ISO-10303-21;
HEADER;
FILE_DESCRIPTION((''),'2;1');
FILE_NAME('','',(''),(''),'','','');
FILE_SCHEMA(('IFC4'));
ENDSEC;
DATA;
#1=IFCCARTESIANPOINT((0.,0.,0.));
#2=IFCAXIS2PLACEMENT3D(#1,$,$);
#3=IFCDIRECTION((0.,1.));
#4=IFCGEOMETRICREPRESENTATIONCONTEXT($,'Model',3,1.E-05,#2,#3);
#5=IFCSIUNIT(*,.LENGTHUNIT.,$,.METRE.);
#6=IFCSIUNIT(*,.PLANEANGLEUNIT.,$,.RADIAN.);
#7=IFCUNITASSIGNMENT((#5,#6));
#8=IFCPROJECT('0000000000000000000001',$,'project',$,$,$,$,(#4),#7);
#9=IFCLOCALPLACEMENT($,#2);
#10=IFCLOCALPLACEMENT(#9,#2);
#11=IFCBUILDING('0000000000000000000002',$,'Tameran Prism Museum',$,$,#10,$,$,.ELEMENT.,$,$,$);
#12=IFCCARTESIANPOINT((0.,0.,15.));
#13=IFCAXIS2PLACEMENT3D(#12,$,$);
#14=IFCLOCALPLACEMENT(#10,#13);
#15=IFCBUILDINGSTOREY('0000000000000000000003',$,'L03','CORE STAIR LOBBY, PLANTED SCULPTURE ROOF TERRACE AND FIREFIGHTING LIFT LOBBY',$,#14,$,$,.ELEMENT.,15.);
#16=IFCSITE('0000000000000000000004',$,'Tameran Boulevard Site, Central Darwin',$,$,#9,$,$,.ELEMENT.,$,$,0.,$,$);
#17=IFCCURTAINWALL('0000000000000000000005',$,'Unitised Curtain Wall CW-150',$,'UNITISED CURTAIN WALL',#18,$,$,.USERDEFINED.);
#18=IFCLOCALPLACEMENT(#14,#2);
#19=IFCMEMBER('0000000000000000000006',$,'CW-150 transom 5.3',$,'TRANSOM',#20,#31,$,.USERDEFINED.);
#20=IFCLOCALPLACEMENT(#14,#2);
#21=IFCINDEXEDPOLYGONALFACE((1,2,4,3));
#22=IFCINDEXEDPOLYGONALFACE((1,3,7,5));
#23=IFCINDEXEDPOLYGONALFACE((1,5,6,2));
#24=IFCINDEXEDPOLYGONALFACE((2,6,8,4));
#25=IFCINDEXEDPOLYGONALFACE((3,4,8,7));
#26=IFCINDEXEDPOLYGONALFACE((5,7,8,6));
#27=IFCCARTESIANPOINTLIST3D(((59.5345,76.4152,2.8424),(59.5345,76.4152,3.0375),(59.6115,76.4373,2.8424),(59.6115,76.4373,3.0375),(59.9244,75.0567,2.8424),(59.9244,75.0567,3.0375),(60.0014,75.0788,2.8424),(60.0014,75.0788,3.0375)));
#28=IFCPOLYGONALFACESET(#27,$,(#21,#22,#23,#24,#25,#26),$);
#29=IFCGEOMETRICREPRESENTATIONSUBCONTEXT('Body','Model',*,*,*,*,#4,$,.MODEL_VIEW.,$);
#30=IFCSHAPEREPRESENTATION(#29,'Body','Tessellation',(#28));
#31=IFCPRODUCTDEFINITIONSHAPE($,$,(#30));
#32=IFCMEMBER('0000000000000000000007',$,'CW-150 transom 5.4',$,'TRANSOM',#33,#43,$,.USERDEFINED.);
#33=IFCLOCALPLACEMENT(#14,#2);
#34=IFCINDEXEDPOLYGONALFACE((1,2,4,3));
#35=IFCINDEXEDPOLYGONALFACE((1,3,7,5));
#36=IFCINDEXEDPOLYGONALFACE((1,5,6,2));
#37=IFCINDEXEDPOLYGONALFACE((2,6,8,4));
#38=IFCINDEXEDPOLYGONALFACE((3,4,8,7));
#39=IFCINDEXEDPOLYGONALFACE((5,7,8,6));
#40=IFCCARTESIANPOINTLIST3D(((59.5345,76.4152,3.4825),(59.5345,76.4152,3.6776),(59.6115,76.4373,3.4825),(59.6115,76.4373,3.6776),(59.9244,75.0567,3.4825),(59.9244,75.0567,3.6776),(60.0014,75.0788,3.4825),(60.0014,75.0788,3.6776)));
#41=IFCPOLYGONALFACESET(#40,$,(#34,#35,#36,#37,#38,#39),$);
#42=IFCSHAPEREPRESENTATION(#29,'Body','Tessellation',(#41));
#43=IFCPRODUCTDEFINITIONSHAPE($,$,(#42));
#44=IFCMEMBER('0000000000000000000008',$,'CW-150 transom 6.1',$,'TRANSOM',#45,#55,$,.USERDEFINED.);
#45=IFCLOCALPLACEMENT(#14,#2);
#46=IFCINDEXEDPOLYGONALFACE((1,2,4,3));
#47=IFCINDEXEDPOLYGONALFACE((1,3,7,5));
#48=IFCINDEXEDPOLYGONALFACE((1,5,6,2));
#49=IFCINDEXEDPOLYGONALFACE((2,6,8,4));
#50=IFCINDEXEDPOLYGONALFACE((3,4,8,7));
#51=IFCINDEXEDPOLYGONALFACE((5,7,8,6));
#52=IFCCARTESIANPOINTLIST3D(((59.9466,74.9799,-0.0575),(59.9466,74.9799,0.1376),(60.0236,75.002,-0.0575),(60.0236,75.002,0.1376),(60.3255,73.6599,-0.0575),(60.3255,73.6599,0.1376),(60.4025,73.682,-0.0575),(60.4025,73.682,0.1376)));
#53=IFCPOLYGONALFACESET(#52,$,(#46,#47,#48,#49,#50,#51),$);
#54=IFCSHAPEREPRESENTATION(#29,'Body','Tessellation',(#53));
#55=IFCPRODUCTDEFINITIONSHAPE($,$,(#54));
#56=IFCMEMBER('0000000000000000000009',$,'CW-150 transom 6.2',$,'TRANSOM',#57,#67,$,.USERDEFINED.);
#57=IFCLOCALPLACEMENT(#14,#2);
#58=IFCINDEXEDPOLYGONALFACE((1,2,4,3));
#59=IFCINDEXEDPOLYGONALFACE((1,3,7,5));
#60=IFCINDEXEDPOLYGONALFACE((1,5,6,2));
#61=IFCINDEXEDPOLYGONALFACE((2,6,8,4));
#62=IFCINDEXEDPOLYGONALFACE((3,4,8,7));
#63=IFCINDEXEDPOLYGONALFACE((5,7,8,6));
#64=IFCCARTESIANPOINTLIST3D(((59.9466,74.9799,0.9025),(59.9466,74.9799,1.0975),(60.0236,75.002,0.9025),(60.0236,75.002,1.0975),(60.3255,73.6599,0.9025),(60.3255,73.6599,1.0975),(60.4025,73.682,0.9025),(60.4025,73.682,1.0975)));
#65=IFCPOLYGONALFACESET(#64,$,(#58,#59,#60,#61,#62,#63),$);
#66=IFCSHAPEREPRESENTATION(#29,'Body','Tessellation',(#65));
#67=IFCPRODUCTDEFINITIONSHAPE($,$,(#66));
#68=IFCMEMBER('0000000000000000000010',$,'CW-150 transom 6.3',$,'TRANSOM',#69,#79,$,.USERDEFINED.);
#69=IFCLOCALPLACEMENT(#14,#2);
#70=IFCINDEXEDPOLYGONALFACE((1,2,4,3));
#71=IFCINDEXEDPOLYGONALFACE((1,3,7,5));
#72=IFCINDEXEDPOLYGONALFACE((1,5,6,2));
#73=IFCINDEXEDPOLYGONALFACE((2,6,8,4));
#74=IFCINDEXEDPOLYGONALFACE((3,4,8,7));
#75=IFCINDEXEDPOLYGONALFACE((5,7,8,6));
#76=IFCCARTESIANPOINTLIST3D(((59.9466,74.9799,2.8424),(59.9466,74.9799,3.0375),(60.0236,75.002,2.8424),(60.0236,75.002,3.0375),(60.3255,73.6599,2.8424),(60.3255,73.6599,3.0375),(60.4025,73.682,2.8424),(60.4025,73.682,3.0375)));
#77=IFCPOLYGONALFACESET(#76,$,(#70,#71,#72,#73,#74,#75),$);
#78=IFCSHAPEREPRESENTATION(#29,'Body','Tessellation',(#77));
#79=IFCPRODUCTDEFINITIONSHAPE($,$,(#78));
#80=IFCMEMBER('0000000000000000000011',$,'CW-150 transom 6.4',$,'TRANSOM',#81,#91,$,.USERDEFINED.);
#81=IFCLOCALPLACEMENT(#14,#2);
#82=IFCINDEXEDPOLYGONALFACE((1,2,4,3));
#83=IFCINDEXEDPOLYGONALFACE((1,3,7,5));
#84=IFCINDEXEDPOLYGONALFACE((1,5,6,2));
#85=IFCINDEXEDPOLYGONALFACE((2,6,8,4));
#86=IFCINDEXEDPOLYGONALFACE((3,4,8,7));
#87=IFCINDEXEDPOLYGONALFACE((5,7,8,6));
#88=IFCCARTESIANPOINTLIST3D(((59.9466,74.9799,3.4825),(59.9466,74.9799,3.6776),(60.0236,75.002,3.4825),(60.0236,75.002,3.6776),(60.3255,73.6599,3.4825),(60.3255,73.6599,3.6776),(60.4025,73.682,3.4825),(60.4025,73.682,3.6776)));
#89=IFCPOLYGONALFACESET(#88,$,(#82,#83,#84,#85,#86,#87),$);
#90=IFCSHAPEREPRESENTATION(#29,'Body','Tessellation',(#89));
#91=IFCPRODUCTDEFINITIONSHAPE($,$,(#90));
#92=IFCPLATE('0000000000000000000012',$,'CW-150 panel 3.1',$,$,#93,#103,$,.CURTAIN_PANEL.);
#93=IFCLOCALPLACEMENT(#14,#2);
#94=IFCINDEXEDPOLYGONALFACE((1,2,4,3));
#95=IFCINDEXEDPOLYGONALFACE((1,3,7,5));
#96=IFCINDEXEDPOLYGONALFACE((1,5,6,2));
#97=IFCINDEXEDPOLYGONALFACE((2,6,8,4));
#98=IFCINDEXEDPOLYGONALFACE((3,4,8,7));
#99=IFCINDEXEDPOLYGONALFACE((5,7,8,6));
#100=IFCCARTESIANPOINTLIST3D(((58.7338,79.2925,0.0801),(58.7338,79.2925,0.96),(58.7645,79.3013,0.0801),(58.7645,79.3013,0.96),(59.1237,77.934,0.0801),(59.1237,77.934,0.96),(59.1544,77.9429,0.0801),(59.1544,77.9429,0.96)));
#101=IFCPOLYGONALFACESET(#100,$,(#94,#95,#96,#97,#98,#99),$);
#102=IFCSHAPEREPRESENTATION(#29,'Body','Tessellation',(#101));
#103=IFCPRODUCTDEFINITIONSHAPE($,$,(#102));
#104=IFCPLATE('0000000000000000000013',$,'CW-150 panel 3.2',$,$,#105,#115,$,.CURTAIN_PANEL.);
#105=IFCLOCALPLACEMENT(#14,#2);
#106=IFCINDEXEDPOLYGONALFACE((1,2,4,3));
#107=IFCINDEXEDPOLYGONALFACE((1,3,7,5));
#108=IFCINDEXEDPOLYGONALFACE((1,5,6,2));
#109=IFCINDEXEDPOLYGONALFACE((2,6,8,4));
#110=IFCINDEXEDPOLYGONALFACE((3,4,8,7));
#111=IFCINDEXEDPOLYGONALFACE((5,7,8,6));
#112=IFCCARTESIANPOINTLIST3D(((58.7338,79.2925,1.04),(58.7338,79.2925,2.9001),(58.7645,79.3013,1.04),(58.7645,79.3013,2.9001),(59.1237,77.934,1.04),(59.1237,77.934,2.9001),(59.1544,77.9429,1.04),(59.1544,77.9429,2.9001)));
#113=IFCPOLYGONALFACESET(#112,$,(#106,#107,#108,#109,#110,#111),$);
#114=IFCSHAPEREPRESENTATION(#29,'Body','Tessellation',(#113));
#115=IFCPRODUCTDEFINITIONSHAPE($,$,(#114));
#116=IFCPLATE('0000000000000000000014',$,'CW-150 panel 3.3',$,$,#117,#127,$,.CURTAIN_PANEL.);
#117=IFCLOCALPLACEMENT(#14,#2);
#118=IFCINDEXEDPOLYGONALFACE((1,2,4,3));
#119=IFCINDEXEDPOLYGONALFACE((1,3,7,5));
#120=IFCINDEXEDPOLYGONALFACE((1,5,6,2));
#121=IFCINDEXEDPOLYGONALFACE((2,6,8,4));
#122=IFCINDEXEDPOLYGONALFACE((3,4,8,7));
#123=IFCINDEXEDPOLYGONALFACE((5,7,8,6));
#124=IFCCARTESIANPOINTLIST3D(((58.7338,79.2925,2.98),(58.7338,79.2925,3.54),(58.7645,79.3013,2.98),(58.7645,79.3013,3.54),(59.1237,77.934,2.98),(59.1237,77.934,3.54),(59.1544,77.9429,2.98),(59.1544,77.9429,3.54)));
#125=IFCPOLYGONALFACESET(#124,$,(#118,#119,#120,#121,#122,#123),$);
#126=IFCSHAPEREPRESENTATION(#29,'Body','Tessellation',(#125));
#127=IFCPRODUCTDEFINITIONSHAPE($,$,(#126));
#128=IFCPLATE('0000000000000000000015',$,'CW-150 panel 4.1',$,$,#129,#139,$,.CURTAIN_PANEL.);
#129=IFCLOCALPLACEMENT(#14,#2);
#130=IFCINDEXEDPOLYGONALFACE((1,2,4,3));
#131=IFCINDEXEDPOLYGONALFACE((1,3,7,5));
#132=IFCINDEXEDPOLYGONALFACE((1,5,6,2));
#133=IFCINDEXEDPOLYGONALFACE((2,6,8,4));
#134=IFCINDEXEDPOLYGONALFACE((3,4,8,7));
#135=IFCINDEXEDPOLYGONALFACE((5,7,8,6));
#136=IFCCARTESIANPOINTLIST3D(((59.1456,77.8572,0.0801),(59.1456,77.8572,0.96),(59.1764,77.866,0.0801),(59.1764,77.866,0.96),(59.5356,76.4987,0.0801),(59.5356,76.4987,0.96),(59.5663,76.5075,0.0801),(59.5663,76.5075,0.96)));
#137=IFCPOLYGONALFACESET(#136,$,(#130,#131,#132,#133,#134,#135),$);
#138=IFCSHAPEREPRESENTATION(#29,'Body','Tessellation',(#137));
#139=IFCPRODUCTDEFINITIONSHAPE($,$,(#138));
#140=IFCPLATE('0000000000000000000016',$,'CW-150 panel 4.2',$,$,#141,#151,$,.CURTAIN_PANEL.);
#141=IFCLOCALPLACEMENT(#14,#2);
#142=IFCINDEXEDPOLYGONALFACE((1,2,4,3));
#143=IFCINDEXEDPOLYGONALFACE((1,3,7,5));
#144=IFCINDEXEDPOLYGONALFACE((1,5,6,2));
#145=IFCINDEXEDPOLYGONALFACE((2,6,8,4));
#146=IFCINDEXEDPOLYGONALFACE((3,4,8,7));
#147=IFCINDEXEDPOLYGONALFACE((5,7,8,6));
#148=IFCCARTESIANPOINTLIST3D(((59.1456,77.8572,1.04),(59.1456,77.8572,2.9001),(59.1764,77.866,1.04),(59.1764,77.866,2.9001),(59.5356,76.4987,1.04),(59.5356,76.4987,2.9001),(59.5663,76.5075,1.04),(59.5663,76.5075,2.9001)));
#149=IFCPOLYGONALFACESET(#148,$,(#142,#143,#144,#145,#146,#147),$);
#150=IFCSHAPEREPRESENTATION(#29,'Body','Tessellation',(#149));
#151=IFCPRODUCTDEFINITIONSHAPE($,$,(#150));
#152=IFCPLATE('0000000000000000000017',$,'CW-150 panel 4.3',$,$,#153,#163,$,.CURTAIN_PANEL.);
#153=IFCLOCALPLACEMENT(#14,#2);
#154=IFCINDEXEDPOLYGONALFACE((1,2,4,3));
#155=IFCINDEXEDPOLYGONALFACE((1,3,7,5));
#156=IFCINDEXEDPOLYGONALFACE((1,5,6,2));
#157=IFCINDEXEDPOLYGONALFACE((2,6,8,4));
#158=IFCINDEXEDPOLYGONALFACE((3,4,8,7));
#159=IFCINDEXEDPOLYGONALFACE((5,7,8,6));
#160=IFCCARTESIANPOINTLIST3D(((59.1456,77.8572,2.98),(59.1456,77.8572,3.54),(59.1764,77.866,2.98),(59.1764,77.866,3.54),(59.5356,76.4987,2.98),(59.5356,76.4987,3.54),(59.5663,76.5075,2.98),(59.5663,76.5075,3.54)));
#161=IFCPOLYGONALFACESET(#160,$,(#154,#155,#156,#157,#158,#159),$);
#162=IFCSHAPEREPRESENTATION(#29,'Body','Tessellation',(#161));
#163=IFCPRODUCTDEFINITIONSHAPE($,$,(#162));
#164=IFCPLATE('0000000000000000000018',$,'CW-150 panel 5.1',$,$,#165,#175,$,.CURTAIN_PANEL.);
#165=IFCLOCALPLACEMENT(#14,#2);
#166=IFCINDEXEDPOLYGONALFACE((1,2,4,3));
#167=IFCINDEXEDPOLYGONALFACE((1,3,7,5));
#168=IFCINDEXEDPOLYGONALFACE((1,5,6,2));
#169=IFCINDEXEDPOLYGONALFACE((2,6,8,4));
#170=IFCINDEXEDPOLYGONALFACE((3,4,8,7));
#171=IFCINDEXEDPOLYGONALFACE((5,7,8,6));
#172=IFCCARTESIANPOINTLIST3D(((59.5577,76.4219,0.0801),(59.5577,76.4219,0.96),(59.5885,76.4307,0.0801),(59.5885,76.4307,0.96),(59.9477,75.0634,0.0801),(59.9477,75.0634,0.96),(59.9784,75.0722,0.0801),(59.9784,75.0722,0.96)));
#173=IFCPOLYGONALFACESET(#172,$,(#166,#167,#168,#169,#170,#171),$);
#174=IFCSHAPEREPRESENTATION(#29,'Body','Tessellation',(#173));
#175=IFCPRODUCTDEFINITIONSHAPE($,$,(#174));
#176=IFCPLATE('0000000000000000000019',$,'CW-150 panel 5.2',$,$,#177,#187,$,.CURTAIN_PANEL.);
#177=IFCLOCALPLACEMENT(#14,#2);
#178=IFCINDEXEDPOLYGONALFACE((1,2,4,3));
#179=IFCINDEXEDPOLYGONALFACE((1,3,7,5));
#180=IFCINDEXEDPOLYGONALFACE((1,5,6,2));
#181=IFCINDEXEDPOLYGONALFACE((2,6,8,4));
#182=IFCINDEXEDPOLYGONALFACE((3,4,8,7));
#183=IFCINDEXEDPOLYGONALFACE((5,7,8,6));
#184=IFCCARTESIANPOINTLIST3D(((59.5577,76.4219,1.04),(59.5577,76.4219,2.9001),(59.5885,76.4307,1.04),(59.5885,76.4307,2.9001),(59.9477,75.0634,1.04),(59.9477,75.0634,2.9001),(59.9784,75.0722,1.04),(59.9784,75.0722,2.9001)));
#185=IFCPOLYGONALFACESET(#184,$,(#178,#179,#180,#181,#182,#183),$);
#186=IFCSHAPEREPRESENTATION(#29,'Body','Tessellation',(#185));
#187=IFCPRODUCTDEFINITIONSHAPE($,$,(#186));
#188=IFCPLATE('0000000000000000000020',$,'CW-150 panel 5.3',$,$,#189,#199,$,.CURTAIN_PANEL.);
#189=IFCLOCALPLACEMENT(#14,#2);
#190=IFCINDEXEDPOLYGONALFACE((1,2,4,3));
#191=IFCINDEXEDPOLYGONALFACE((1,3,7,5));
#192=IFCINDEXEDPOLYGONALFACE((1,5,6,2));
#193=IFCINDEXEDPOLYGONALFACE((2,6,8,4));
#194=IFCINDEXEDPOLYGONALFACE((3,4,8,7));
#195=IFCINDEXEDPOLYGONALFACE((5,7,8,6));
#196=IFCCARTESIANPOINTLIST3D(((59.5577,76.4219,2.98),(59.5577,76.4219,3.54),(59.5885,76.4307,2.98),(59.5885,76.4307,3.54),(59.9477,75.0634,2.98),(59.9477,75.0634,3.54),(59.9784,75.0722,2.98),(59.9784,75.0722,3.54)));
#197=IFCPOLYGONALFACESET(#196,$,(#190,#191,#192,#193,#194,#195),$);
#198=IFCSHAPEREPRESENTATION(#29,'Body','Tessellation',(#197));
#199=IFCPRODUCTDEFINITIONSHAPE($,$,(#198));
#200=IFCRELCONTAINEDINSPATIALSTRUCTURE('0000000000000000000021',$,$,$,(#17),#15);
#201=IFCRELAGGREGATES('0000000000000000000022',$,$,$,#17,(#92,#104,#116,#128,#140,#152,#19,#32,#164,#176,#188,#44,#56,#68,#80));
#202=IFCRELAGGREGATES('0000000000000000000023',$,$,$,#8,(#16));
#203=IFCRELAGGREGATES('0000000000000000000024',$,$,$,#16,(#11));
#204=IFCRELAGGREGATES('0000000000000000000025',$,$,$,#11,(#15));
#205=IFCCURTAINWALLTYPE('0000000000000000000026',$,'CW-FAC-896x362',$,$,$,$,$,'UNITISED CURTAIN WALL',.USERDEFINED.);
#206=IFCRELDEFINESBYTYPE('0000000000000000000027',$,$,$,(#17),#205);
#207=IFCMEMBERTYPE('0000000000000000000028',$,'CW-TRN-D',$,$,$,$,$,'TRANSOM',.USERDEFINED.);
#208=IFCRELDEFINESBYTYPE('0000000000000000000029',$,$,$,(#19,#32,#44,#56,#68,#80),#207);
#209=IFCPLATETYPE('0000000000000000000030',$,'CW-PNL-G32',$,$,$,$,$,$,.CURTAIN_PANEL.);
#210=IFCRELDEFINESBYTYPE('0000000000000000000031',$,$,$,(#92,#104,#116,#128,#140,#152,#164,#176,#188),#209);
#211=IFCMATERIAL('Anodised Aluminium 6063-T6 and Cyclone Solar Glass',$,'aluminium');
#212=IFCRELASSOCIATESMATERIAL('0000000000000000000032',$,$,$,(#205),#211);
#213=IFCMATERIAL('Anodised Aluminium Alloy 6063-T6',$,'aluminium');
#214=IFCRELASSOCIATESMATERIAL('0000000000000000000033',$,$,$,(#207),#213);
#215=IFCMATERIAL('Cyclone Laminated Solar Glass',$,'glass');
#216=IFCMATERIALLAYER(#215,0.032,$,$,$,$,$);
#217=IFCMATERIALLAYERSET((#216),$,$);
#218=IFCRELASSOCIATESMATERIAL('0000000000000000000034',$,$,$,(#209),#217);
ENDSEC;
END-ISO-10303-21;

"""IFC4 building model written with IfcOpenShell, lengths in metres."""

from ifc_helpers import new_model, si_unit, direction, frame, origin, origin_2d, place, context, subcontext, project, spatial, rectangle, extrude, material, layer, layer_set, material_profile, profile_set, type_object, element, aggregate, save


model = new_model("IFC4")

# Units and contexts
model_context = context("Model", 3, precision=1e-05, world=origin(), true_north=direction((0.0, 1.0)))
body_context = subcontext(model_context, "Body", "Model", "MODEL_VIEW")
ifc_project = project(units=[si_unit("LENGTHUNIT", "METRE"), si_unit("PLANEANGLEUNIT", "RADIAN")], contexts=[model_context])

# Site, building, storey
site_placement = place(None, origin())
site = spatial("IfcSite", under=ifc_project, at=site_placement, Name="Tameran Boulevard Site, Central Darwin", CompositionType="ELEMENT", RefElevation=0.0)
building_placement = place(site_placement, origin())
building = spatial("IfcBuilding", under=site, at=building_placement, Name="Tameran Prism Museum", CompositionType="ELEMENT")
storey_placement = place(building_placement, frame((0.0, 0.0, 15.0)))
storey = spatial("IfcBuildingStorey", under=building, at=storey_placement, Name="L03", Description="CORE STAIR LOBBY, PLANTED SCULPTURE ROOF TERRACE AND FIREFIGHTING LIFT LOBBY", CompositionType="ELEMENT", Elevation=15.0)

# Curtain wall, members, plates
ifc_material_1 = material(Name="Anodised Aluminium 6063-T6 and Cyclone Solar Glass", Category="aluminium")
curtain_wall_type = type_object("IfcCurtainWallType", Name="CW-FAC-896x362", ElementType="UNITISED CURTAIN WALL", PredefinedType="USERDEFINED", material=ifc_material_1)
curtain_wall_placement = place(storey_placement, origin())
curtain_wall = element("IfcCurtainWall", 1, at=curtain_wall_placement, inside=storey, type_object=curtain_wall_type, Name="Unitised Curtain Wall CW-150", ObjectType="UNITISED CURTAIN WALL", PredefinedType="USERDEFINED")
ifc_material_2 = material(Name="Anodised Aluminium Alloy 6063-T6", Category="aluminium")
ifc_material_profile_1 = material_profile(ifc_material_2, rectangle(XDim=0.0801, YDim=0.1951, at=origin_2d()))
ifc_profile_set_1 = profile_set([ifc_material_profile_1])
member_type_1 = type_object("IfcMemberType", Name="CW-TRN-D", ElementType="TRANSOM", PredefinedType="USERDEFINED", material=ifc_profile_set_1)
member_1_placement = place(storey_placement, frame((59.573, 76.4263, 2.9399), z_axis=(0.275885, -0.961191, 0.0), x_axis=(0.961191, 0.275885, 0.0)))
member_1 = element("IfcMember", 2, at=member_1_placement, type_object=member_type_1, Name="CW-150 transom 5.3", ObjectType="TRANSOM", PredefinedType="USERDEFINED", context=body_context, shape_type="SweptSolid", body=[
    extrude(rectangle(XDim=0.0801, YDim=0.1951, at=origin_2d()), origin(), (0.0, 0.0, 1.0), 1.4133),
])
member_2_placement = place(storey_placement, frame((59.573, 76.4263, 3.5801), z_axis=(0.275885, -0.961191, 0.0), x_axis=(0.961191, 0.275885, 0.0)))
member_2 = element("IfcMember", 3, at=member_2_placement, type_object=member_type_1, Name="CW-150 transom 5.4", ObjectType="TRANSOM", PredefinedType="USERDEFINED", context=body_context, shape_type="SweptSolid", body=[
    extrude(rectangle(XDim=0.0801, YDim=0.1951, at=origin_2d()), origin(), (0.0, 0.0, 1.0), 1.4133),
])
member_3_placement = place(storey_placement, frame((59.9851, 74.991, 0.04), z_axis=(0.275895, -0.961188, 0.0), x_axis=(0.961188, 0.275895, 0.0)))
member_3 = element("IfcMember", 4, at=member_3_placement, type_object=member_type_1, Name="CW-150 transom 6.1", ObjectType="TRANSOM", PredefinedType="USERDEFINED", context=body_context, shape_type="SweptSolid", body=[
    extrude(rectangle(XDim=0.0801, YDim=0.1951, at=origin_2d()), origin(), (0.0, 0.0, 1.0), 1.3733),
])
member_4_placement = place(storey_placement, frame((59.9851, 74.991, 1.0), z_axis=(0.275895, -0.961188, 0.0), x_axis=(0.961188, 0.275895, 0.0)))
member_4 = element("IfcMember", 5, at=member_4_placement, type_object=member_type_1, Name="CW-150 transom 6.2", ObjectType="TRANSOM", PredefinedType="USERDEFINED", context=body_context, shape_type="SweptSolid", body=[
    extrude(rectangle(XDim=0.0801, YDim=0.1951, at=origin_2d()), origin(), (0.0, 0.0, 1.0), 1.3733),
])
member_5_placement = place(storey_placement, frame((59.9851, 74.991, 2.9399), z_axis=(0.275895, -0.961188, 0.0), x_axis=(0.961188, 0.275895, 0.0)))
member_5 = element("IfcMember", 6, at=member_5_placement, type_object=member_type_1, Name="CW-150 transom 6.3", ObjectType="TRANSOM", PredefinedType="USERDEFINED", context=body_context, shape_type="SweptSolid", body=[
    extrude(rectangle(XDim=0.0801, YDim=0.1951, at=origin_2d()), origin(), (0.0, 0.0, 1.0), 1.3733),
])
member_6_placement = place(storey_placement, frame((59.9851, 74.991, 3.5801), z_axis=(0.275895, -0.961188, 0.0), x_axis=(0.961188, 0.275895, 0.0)))
member_6 = element("IfcMember", 7, at=member_6_placement, type_object=member_type_1, Name="CW-150 transom 6.4", ObjectType="TRANSOM", PredefinedType="USERDEFINED", context=body_context, shape_type="SweptSolid", body=[
    extrude(rectangle(XDim=0.0801, YDim=0.1951, at=origin_2d()), origin(), (0.0, 0.0, 1.0), 1.3733),
])
ifc_material_3 = material(Name="Cyclone Laminated Solar Glass", Category="glass")
ifc_layer_1 = layer(ifc_material_3, 0.032)
ifc_layer_set_1 = layer_set([ifc_layer_1])
plate_type = type_object("IfcPlateType", Name="CW-PNL-G32", PredefinedType="CURTAIN_PANEL", material=ifc_layer_set_1)
plate_1_placement = place(storey_placement, frame((58.9441, 78.6177, 0.0801), z_axis=(0.0, 0.0, 1.0), x_axis=(0.2759, -0.961186, 0.0)))
plate_1 = element("IfcPlate", 8, at=plate_1_placement, type_object=plate_type, Name="CW-150 panel 3.1", PredefinedType="CURTAIN_PANEL", context=body_context, shape_type="SweptSolid", body=[
    extrude(rectangle(XDim=1.4133, YDim=0.032, at=origin_2d()), origin(), (0.0, 0.0, 1.0), 0.8799),
])
plate_2_placement = place(storey_placement, frame((58.9441, 78.6177, 1.04), z_axis=(0.0, 0.0, 1.0), x_axis=(0.2759, -0.961186, 0.0)))
plate_2 = element("IfcPlate", 9, at=plate_2_placement, type_object=plate_type, Name="CW-150 panel 3.2", PredefinedType="CURTAIN_PANEL", context=body_context, shape_type="SweptSolid", body=[
    extrude(rectangle(XDim=1.4133, YDim=0.032, at=origin_2d()), origin(), (0.0, 0.0, 1.0), 1.8601),
])
plate_3_placement = place(storey_placement, frame((58.9441, 78.6177, 2.98), z_axis=(0.0, 0.0, 1.0), x_axis=(0.2759, -0.961186, 0.0)))
plate_3 = element("IfcPlate", 10, at=plate_3_placement, type_object=plate_type, Name="CW-150 panel 3.3", PredefinedType="CURTAIN_PANEL", context=body_context, shape_type="SweptSolid", body=[
    extrude(rectangle(XDim=1.4133, YDim=0.032, at=origin_2d()), origin(), (0.0, 0.0, 1.0), 0.5601),
])
plate_4_placement = place(storey_placement, frame((59.356, 77.1824, 0.0801), z_axis=(0.0, 0.0, 1.0), x_axis=(0.2759, -0.961186, 0.0)))
plate_4 = element("IfcPlate", 11, at=plate_4_placement, type_object=plate_type, Name="CW-150 panel 4.1", PredefinedType="CURTAIN_PANEL", context=body_context, shape_type="SweptSolid", body=[
    extrude(rectangle(XDim=1.4133, YDim=0.032, at=origin_2d()), origin(), (0.0, 0.0, 1.0), 0.8799),
])
plate_5_placement = place(storey_placement, frame((59.356, 77.1824, 1.04), z_axis=(0.0, 0.0, 1.0), x_axis=(0.2759, -0.961186, 0.0)))
plate_5 = element("IfcPlate", 12, at=plate_5_placement, type_object=plate_type, Name="CW-150 panel 4.2", PredefinedType="CURTAIN_PANEL", context=body_context, shape_type="SweptSolid", body=[
    extrude(rectangle(XDim=1.4133, YDim=0.032, at=origin_2d()), origin(), (0.0, 0.0, 1.0), 1.8601),
])
plate_6_placement = place(storey_placement, frame((59.356, 77.1824, 2.98), z_axis=(0.0, 0.0, 1.0), x_axis=(0.2759, -0.961186, 0.0)))
plate_6 = element("IfcPlate", 13, at=plate_6_placement, type_object=plate_type, Name="CW-150 panel 4.3", PredefinedType="CURTAIN_PANEL", context=body_context, shape_type="SweptSolid", body=[
    extrude(rectangle(XDim=1.4133, YDim=0.032, at=origin_2d()), origin(), (0.0, 0.0, 1.0), 0.5601),
])
plate_7_placement = place(storey_placement, frame((59.7681, 75.7471, 0.0801), z_axis=(0.0, 0.0, 1.0), x_axis=(0.2759, -0.961186, 0.0)))
plate_7 = element("IfcPlate", 14, at=plate_7_placement, type_object=plate_type, Name="CW-150 panel 5.1", PredefinedType="CURTAIN_PANEL", context=body_context, shape_type="SweptSolid", body=[
    extrude(rectangle(XDim=1.4133, YDim=0.032, at=origin_2d()), origin(), (0.0, 0.0, 1.0), 0.8799),
])
plate_8_placement = place(storey_placement, frame((59.7681, 75.7471, 1.04), z_axis=(0.0, 0.0, 1.0), x_axis=(0.2759, -0.961186, 0.0)))
plate_8 = element("IfcPlate", 15, at=plate_8_placement, type_object=plate_type, Name="CW-150 panel 5.2", PredefinedType="CURTAIN_PANEL", context=body_context, shape_type="SweptSolid", body=[
    extrude(rectangle(XDim=1.4133, YDim=0.032, at=origin_2d()), origin(), (0.0, 0.0, 1.0), 1.8601),
])
plate_9_placement = place(storey_placement, frame((59.7681, 75.7471, 2.98), z_axis=(0.0, 0.0, 1.0), x_axis=(0.2759, -0.961186, 0.0)))
plate_9 = element("IfcPlate", 16, at=plate_9_placement, type_object=plate_type, Name="CW-150 panel 5.3", PredefinedType="CURTAIN_PANEL", context=body_context, shape_type="SweptSolid", body=[
    extrude(rectangle(XDim=1.4133, YDim=0.032, at=origin_2d()), origin(), (0.0, 0.0, 1.0), 0.5601),
])
aggregate(curtain_wall, [plate_1, plate_2, plate_3, plate_4, plate_5, plate_6, member_1, member_2, plate_7, plate_8, plate_9, member_3, member_4, member_5, member_6])

save(model, "model.ifc")
